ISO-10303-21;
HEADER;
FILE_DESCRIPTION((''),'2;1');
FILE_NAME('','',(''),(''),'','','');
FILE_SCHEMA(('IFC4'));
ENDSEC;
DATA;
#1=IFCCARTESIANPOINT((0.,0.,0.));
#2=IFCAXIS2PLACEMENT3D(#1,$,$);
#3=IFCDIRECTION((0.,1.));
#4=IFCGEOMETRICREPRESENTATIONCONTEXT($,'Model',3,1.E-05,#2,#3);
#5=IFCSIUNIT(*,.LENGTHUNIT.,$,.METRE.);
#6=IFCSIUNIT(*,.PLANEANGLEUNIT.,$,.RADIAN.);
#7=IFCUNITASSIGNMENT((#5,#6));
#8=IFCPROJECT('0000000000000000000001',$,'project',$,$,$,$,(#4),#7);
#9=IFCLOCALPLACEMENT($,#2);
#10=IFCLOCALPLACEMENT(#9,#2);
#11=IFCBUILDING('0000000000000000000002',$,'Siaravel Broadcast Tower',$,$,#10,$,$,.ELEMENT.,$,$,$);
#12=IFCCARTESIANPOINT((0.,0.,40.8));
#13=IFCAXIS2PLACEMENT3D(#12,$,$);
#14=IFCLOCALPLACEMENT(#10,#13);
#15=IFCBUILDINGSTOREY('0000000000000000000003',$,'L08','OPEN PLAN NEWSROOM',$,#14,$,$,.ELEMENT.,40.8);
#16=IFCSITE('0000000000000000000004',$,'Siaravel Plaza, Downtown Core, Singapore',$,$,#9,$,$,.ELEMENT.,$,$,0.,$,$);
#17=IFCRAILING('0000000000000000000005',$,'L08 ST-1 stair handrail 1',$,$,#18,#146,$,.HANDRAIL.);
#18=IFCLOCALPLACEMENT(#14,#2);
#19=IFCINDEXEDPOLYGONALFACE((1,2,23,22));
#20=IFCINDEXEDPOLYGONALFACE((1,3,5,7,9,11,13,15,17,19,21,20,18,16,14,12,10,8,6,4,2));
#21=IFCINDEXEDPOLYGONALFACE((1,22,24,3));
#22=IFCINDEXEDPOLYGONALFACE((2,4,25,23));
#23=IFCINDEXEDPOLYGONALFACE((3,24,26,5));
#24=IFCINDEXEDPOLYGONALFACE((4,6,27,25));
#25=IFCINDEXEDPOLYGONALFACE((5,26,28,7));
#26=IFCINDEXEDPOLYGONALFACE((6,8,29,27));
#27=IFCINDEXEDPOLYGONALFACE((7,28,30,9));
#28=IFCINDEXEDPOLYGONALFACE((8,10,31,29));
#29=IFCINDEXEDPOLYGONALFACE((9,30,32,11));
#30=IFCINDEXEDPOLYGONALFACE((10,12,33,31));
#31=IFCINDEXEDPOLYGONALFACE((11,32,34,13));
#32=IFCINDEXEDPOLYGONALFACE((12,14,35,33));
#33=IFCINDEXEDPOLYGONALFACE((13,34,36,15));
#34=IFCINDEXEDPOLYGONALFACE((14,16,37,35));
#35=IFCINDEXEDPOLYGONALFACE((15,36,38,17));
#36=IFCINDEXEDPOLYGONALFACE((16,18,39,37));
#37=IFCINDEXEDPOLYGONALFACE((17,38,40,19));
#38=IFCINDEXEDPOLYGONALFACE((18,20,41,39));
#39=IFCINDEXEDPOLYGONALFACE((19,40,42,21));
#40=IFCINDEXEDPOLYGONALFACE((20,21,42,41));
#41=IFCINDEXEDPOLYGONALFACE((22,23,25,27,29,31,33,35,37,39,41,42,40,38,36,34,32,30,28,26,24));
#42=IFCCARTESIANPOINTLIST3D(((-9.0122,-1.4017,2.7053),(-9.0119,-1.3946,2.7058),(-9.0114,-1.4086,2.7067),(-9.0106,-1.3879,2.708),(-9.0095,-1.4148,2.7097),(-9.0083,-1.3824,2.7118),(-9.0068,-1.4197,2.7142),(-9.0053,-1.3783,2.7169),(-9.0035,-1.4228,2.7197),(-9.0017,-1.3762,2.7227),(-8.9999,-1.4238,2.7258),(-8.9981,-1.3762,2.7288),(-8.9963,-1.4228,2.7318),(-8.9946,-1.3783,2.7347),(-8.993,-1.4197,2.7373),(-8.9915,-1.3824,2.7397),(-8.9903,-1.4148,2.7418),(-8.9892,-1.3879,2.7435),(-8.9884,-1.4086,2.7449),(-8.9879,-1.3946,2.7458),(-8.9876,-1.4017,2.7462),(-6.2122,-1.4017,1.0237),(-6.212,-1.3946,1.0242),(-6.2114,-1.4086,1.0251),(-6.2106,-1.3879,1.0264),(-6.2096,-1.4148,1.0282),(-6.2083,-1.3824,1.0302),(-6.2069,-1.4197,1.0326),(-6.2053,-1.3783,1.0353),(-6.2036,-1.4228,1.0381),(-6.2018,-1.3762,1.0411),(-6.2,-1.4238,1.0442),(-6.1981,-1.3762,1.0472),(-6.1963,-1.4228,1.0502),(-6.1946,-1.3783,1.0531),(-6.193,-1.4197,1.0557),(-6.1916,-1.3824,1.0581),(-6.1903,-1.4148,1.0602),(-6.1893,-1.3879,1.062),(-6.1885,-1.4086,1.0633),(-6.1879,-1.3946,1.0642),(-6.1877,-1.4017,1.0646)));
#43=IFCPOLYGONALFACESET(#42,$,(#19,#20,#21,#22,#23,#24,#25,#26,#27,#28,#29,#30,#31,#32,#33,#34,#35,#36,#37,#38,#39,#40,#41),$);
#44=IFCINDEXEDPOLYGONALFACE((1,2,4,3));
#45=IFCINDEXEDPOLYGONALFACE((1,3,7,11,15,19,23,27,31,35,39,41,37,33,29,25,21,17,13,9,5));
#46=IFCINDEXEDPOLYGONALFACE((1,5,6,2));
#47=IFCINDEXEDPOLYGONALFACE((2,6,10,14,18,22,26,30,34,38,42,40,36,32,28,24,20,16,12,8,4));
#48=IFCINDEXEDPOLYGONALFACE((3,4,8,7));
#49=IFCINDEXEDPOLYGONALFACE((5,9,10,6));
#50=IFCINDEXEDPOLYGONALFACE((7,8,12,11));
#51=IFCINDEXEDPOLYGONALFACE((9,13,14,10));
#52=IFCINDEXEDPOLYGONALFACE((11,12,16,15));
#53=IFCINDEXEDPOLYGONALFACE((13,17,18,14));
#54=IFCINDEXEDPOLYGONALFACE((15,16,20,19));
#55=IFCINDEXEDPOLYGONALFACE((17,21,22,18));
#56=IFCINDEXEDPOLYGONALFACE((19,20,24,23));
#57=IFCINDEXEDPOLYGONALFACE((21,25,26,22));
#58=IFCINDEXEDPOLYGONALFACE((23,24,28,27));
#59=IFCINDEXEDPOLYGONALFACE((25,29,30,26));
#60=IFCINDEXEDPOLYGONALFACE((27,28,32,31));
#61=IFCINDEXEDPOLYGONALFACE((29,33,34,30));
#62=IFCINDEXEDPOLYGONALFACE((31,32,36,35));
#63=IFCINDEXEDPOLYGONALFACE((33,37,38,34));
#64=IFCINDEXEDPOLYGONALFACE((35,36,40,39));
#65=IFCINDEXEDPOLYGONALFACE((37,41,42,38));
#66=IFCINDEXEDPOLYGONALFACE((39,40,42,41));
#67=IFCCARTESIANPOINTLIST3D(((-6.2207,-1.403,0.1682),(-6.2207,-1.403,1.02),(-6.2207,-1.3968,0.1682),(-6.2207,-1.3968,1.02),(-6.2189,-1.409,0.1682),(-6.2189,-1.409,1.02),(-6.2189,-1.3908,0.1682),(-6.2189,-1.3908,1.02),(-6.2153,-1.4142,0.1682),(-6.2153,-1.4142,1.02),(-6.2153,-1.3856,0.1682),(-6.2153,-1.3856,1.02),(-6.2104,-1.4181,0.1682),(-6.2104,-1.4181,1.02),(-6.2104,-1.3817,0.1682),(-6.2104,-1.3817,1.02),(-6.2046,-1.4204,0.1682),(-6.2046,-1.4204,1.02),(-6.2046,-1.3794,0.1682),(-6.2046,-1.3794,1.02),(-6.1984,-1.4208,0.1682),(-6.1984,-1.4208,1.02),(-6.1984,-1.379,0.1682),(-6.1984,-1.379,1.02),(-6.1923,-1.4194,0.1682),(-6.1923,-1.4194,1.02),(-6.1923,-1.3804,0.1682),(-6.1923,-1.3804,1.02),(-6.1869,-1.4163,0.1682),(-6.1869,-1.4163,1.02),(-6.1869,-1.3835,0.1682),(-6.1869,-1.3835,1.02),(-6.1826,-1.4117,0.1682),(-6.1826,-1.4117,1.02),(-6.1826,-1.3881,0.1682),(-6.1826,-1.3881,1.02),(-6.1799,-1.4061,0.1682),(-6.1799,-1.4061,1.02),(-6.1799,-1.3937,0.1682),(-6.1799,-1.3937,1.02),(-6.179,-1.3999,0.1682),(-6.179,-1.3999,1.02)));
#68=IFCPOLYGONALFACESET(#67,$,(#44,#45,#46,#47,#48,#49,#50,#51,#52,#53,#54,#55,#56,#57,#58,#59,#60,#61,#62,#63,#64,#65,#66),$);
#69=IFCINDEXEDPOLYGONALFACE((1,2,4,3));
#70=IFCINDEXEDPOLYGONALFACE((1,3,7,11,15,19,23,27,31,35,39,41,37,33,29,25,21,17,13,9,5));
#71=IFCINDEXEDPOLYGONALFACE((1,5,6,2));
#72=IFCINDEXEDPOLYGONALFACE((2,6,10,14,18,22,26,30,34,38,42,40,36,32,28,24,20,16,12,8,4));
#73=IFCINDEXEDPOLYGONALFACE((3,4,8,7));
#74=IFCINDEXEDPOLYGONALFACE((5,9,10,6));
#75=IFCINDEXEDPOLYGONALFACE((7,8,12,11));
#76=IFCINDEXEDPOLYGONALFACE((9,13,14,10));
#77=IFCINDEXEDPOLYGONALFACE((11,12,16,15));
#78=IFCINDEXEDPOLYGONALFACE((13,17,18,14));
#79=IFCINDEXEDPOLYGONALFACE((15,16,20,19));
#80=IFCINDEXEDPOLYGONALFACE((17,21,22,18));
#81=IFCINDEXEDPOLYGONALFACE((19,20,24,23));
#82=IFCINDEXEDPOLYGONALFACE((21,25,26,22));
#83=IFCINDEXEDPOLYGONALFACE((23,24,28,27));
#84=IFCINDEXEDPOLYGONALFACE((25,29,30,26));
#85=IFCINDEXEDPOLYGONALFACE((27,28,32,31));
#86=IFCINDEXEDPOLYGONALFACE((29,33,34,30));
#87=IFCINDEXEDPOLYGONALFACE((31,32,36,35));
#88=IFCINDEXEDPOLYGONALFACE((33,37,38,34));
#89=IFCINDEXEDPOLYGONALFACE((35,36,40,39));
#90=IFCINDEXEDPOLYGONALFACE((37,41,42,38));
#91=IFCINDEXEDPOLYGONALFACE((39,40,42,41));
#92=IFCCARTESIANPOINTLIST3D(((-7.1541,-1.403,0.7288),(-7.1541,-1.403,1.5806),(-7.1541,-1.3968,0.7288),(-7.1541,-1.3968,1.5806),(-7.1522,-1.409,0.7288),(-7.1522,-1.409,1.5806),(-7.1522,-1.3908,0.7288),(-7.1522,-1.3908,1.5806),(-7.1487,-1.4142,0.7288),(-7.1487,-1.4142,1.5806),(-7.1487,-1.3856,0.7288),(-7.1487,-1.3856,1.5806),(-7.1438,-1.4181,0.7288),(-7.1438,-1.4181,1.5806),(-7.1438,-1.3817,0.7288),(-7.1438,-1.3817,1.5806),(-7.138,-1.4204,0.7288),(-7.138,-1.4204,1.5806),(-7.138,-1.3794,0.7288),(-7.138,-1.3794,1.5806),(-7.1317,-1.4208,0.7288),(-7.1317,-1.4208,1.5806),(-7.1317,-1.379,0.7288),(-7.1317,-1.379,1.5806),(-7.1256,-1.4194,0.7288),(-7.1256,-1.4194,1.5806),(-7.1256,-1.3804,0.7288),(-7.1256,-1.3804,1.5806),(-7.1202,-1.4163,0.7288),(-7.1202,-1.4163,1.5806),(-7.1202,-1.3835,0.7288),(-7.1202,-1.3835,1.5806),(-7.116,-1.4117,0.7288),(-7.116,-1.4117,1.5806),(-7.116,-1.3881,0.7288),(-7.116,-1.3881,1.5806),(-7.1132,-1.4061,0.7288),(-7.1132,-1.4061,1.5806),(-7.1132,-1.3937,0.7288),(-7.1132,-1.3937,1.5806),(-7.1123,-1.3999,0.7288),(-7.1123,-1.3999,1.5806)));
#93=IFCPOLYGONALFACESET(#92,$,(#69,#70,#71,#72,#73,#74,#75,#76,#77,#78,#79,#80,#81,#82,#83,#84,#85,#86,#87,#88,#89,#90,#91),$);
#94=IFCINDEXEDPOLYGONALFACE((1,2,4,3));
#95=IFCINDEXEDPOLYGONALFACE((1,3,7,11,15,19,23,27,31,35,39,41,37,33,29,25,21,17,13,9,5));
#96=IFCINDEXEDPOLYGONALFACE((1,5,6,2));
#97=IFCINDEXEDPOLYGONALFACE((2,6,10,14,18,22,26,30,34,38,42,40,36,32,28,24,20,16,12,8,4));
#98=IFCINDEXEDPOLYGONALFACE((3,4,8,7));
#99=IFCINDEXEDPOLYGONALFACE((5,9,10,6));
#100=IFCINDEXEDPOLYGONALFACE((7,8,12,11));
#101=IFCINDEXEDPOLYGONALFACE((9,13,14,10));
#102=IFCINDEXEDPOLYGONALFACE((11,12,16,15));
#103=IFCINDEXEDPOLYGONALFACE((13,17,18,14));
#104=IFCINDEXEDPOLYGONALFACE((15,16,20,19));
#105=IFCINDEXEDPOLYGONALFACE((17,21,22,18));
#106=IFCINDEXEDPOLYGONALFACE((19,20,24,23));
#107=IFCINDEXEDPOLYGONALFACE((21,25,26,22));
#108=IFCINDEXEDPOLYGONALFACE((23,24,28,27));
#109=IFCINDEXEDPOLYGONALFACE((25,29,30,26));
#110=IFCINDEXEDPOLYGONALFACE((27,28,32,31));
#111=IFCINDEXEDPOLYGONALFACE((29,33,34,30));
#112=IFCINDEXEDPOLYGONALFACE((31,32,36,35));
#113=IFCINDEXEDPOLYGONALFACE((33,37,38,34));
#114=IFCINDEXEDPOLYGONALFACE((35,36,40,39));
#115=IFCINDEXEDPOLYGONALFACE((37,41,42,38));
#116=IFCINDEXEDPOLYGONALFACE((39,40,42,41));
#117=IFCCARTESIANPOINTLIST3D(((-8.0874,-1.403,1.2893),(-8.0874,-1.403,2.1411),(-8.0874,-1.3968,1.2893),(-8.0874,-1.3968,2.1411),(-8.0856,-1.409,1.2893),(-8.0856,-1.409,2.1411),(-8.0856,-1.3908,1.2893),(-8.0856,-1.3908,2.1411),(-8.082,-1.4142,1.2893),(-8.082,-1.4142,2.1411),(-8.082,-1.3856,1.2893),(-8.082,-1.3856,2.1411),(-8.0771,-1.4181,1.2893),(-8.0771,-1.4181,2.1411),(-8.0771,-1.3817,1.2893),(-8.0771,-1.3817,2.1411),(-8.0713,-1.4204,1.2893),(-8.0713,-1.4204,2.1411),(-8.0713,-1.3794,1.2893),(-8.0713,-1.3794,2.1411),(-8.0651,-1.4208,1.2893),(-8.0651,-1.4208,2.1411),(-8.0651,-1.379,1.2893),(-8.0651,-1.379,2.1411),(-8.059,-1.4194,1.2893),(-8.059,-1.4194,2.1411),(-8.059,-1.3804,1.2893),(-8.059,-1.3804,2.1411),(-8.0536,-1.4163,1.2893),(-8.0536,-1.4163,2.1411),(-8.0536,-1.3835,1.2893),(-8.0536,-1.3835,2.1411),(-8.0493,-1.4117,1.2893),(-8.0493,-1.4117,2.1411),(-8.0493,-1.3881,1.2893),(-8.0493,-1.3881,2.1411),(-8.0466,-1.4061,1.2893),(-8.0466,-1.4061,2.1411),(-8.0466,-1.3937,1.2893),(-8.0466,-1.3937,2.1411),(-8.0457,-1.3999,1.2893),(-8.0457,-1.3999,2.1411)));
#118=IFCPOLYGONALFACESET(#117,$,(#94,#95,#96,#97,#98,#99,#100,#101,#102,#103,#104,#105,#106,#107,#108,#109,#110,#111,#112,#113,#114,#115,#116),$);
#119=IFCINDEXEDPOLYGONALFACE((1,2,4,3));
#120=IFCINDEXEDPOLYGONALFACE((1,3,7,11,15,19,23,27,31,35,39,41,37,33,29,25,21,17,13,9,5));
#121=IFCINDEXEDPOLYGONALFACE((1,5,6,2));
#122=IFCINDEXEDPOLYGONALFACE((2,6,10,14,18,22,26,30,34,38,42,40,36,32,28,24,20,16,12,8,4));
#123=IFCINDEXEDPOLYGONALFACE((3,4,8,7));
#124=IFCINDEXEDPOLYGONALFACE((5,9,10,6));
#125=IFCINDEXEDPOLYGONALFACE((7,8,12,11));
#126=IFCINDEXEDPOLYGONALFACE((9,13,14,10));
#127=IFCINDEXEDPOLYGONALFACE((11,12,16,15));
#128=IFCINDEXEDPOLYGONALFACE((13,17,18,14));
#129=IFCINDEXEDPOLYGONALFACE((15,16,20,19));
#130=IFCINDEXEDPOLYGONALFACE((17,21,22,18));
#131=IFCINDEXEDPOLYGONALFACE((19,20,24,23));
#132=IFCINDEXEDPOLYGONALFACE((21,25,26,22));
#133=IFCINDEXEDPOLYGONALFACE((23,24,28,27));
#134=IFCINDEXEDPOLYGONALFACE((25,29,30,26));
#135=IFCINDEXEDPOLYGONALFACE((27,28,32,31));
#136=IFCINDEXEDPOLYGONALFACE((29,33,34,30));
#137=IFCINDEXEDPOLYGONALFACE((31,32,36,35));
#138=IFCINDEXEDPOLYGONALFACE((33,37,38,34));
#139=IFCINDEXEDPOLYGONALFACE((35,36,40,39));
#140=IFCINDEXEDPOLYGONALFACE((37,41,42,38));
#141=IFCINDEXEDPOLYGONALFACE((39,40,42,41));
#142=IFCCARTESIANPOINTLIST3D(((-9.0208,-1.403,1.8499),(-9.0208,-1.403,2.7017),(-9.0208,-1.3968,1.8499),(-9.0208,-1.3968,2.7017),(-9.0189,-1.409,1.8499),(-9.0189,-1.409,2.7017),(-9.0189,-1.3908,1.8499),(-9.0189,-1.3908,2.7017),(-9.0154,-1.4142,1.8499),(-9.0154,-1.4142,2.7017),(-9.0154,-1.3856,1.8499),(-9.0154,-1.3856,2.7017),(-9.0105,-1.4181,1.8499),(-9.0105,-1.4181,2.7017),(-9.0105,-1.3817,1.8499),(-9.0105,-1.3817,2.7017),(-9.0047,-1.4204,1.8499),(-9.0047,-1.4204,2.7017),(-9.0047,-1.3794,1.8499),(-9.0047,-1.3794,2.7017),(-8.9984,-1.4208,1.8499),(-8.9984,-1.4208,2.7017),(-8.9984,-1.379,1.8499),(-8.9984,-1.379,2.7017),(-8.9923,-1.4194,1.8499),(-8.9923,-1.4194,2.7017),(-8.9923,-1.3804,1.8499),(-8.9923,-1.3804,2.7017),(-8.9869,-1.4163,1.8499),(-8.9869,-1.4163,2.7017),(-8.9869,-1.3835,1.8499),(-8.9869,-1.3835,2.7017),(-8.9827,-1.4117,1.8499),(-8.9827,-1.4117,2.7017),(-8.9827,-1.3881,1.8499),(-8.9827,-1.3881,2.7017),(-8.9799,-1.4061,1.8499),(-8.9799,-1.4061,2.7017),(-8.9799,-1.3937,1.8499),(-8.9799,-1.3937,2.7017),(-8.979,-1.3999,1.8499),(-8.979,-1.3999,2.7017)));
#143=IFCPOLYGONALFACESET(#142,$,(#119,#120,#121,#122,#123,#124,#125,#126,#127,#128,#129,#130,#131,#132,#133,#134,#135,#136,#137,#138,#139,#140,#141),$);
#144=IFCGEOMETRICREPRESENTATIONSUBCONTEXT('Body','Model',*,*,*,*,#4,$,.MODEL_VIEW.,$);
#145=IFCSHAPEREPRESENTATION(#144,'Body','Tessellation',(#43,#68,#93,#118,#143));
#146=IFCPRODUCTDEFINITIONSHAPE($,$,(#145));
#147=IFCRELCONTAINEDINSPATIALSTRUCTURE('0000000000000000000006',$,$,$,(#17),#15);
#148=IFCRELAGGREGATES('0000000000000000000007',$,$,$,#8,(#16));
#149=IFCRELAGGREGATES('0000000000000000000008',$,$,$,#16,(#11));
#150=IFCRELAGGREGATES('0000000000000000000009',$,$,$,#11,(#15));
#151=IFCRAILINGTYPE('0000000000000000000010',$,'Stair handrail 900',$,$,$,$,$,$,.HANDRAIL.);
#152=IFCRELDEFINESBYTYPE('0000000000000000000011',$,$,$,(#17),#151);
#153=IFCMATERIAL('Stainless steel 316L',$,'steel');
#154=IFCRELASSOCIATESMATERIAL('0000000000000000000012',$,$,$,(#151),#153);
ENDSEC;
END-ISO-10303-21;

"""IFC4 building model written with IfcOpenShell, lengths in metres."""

from ifc_helpers import new_model, si_unit, direction, frame, origin, origin_2d, place, context, subcontext, project, spatial, circle, extrude, material, type_object, element, save


model = new_model("IFC4")

# Units and contexts
model_context = context("Model", 3, precision=1e-05, world=origin(), true_north=direction((0.0, 1.0)))
body_context = subcontext(model_context, "Body", "Model", "MODEL_VIEW")
ifc_project = project(units=[si_unit("LENGTHUNIT", "METRE"), si_unit("PLANEANGLEUNIT", "RADIAN")], contexts=[model_context])

# Site, building, storey
site_placement = place(None, origin())
site = spatial("IfcSite", under=ifc_project, at=site_placement, Name="Siaravel Plaza, Downtown Core, Singapore", CompositionType="ELEMENT", RefElevation=0.0)
building_placement = place(site_placement, origin())
building = spatial("IfcBuilding", under=site, at=building_placement, Name="Siaravel Broadcast Tower", CompositionType="ELEMENT")
storey_placement = place(building_placement, frame((0.0, 0.0, 40.8)))
storey = spatial("IfcBuildingStorey", under=building, at=storey_placement, Name="L08", Description="OPEN PLAN NEWSROOM", CompositionType="ELEMENT", Elevation=40.8)

# Railing
ifc_material_1 = material(Name="Stainless steel 316L", Category="steel")
railing_type_1 = type_object("IfcRailingType", Name="Stair handrail 900", PredefinedType="HANDRAIL", material=ifc_material_1)
railing_1_placement = place(storey_placement, frame((-6.2, -1.3999, 0.1682)))
element("IfcRailing", 1, at=railing_1_placement, inside=storey, type_object=railing_type_1, Name="L08 ST-1 stair handrail 1", PredefinedType="HANDRAIL", context=body_context, shape_type="SweptSolid", body=[
    extrude(circle(Radius=0.0239, at=origin_2d()), frame((0.0, 0.0, 0.876), z_axis=(-0.857275, 0.0, 0.514858), x_axis=(0.0, -1.0, 0.0)), (0.0, 0.0, 1.0), 3.2661),
    extrude(circle(Radius=0.021, at=origin_2d()), origin(), (0.0, 0.0, 1.0), 0.8518),
    extrude(circle(Radius=0.021, at=origin_2d()), frame((-0.9333, 0.0, 0.5605)), (0.0, 0.0, 1.0), 0.8518),
    extrude(circle(Radius=0.021, at=origin_2d()), frame((-1.8667, 0.0, 1.1211)), (0.0, 0.0, 1.0), 0.8518),
    extrude(circle(Radius=0.021, at=origin_2d()), frame((-2.8, 0.0, 1.6816)), (0.0, 0.0, 1.0), 0.8518),
])

save(model, "model.ifc")
